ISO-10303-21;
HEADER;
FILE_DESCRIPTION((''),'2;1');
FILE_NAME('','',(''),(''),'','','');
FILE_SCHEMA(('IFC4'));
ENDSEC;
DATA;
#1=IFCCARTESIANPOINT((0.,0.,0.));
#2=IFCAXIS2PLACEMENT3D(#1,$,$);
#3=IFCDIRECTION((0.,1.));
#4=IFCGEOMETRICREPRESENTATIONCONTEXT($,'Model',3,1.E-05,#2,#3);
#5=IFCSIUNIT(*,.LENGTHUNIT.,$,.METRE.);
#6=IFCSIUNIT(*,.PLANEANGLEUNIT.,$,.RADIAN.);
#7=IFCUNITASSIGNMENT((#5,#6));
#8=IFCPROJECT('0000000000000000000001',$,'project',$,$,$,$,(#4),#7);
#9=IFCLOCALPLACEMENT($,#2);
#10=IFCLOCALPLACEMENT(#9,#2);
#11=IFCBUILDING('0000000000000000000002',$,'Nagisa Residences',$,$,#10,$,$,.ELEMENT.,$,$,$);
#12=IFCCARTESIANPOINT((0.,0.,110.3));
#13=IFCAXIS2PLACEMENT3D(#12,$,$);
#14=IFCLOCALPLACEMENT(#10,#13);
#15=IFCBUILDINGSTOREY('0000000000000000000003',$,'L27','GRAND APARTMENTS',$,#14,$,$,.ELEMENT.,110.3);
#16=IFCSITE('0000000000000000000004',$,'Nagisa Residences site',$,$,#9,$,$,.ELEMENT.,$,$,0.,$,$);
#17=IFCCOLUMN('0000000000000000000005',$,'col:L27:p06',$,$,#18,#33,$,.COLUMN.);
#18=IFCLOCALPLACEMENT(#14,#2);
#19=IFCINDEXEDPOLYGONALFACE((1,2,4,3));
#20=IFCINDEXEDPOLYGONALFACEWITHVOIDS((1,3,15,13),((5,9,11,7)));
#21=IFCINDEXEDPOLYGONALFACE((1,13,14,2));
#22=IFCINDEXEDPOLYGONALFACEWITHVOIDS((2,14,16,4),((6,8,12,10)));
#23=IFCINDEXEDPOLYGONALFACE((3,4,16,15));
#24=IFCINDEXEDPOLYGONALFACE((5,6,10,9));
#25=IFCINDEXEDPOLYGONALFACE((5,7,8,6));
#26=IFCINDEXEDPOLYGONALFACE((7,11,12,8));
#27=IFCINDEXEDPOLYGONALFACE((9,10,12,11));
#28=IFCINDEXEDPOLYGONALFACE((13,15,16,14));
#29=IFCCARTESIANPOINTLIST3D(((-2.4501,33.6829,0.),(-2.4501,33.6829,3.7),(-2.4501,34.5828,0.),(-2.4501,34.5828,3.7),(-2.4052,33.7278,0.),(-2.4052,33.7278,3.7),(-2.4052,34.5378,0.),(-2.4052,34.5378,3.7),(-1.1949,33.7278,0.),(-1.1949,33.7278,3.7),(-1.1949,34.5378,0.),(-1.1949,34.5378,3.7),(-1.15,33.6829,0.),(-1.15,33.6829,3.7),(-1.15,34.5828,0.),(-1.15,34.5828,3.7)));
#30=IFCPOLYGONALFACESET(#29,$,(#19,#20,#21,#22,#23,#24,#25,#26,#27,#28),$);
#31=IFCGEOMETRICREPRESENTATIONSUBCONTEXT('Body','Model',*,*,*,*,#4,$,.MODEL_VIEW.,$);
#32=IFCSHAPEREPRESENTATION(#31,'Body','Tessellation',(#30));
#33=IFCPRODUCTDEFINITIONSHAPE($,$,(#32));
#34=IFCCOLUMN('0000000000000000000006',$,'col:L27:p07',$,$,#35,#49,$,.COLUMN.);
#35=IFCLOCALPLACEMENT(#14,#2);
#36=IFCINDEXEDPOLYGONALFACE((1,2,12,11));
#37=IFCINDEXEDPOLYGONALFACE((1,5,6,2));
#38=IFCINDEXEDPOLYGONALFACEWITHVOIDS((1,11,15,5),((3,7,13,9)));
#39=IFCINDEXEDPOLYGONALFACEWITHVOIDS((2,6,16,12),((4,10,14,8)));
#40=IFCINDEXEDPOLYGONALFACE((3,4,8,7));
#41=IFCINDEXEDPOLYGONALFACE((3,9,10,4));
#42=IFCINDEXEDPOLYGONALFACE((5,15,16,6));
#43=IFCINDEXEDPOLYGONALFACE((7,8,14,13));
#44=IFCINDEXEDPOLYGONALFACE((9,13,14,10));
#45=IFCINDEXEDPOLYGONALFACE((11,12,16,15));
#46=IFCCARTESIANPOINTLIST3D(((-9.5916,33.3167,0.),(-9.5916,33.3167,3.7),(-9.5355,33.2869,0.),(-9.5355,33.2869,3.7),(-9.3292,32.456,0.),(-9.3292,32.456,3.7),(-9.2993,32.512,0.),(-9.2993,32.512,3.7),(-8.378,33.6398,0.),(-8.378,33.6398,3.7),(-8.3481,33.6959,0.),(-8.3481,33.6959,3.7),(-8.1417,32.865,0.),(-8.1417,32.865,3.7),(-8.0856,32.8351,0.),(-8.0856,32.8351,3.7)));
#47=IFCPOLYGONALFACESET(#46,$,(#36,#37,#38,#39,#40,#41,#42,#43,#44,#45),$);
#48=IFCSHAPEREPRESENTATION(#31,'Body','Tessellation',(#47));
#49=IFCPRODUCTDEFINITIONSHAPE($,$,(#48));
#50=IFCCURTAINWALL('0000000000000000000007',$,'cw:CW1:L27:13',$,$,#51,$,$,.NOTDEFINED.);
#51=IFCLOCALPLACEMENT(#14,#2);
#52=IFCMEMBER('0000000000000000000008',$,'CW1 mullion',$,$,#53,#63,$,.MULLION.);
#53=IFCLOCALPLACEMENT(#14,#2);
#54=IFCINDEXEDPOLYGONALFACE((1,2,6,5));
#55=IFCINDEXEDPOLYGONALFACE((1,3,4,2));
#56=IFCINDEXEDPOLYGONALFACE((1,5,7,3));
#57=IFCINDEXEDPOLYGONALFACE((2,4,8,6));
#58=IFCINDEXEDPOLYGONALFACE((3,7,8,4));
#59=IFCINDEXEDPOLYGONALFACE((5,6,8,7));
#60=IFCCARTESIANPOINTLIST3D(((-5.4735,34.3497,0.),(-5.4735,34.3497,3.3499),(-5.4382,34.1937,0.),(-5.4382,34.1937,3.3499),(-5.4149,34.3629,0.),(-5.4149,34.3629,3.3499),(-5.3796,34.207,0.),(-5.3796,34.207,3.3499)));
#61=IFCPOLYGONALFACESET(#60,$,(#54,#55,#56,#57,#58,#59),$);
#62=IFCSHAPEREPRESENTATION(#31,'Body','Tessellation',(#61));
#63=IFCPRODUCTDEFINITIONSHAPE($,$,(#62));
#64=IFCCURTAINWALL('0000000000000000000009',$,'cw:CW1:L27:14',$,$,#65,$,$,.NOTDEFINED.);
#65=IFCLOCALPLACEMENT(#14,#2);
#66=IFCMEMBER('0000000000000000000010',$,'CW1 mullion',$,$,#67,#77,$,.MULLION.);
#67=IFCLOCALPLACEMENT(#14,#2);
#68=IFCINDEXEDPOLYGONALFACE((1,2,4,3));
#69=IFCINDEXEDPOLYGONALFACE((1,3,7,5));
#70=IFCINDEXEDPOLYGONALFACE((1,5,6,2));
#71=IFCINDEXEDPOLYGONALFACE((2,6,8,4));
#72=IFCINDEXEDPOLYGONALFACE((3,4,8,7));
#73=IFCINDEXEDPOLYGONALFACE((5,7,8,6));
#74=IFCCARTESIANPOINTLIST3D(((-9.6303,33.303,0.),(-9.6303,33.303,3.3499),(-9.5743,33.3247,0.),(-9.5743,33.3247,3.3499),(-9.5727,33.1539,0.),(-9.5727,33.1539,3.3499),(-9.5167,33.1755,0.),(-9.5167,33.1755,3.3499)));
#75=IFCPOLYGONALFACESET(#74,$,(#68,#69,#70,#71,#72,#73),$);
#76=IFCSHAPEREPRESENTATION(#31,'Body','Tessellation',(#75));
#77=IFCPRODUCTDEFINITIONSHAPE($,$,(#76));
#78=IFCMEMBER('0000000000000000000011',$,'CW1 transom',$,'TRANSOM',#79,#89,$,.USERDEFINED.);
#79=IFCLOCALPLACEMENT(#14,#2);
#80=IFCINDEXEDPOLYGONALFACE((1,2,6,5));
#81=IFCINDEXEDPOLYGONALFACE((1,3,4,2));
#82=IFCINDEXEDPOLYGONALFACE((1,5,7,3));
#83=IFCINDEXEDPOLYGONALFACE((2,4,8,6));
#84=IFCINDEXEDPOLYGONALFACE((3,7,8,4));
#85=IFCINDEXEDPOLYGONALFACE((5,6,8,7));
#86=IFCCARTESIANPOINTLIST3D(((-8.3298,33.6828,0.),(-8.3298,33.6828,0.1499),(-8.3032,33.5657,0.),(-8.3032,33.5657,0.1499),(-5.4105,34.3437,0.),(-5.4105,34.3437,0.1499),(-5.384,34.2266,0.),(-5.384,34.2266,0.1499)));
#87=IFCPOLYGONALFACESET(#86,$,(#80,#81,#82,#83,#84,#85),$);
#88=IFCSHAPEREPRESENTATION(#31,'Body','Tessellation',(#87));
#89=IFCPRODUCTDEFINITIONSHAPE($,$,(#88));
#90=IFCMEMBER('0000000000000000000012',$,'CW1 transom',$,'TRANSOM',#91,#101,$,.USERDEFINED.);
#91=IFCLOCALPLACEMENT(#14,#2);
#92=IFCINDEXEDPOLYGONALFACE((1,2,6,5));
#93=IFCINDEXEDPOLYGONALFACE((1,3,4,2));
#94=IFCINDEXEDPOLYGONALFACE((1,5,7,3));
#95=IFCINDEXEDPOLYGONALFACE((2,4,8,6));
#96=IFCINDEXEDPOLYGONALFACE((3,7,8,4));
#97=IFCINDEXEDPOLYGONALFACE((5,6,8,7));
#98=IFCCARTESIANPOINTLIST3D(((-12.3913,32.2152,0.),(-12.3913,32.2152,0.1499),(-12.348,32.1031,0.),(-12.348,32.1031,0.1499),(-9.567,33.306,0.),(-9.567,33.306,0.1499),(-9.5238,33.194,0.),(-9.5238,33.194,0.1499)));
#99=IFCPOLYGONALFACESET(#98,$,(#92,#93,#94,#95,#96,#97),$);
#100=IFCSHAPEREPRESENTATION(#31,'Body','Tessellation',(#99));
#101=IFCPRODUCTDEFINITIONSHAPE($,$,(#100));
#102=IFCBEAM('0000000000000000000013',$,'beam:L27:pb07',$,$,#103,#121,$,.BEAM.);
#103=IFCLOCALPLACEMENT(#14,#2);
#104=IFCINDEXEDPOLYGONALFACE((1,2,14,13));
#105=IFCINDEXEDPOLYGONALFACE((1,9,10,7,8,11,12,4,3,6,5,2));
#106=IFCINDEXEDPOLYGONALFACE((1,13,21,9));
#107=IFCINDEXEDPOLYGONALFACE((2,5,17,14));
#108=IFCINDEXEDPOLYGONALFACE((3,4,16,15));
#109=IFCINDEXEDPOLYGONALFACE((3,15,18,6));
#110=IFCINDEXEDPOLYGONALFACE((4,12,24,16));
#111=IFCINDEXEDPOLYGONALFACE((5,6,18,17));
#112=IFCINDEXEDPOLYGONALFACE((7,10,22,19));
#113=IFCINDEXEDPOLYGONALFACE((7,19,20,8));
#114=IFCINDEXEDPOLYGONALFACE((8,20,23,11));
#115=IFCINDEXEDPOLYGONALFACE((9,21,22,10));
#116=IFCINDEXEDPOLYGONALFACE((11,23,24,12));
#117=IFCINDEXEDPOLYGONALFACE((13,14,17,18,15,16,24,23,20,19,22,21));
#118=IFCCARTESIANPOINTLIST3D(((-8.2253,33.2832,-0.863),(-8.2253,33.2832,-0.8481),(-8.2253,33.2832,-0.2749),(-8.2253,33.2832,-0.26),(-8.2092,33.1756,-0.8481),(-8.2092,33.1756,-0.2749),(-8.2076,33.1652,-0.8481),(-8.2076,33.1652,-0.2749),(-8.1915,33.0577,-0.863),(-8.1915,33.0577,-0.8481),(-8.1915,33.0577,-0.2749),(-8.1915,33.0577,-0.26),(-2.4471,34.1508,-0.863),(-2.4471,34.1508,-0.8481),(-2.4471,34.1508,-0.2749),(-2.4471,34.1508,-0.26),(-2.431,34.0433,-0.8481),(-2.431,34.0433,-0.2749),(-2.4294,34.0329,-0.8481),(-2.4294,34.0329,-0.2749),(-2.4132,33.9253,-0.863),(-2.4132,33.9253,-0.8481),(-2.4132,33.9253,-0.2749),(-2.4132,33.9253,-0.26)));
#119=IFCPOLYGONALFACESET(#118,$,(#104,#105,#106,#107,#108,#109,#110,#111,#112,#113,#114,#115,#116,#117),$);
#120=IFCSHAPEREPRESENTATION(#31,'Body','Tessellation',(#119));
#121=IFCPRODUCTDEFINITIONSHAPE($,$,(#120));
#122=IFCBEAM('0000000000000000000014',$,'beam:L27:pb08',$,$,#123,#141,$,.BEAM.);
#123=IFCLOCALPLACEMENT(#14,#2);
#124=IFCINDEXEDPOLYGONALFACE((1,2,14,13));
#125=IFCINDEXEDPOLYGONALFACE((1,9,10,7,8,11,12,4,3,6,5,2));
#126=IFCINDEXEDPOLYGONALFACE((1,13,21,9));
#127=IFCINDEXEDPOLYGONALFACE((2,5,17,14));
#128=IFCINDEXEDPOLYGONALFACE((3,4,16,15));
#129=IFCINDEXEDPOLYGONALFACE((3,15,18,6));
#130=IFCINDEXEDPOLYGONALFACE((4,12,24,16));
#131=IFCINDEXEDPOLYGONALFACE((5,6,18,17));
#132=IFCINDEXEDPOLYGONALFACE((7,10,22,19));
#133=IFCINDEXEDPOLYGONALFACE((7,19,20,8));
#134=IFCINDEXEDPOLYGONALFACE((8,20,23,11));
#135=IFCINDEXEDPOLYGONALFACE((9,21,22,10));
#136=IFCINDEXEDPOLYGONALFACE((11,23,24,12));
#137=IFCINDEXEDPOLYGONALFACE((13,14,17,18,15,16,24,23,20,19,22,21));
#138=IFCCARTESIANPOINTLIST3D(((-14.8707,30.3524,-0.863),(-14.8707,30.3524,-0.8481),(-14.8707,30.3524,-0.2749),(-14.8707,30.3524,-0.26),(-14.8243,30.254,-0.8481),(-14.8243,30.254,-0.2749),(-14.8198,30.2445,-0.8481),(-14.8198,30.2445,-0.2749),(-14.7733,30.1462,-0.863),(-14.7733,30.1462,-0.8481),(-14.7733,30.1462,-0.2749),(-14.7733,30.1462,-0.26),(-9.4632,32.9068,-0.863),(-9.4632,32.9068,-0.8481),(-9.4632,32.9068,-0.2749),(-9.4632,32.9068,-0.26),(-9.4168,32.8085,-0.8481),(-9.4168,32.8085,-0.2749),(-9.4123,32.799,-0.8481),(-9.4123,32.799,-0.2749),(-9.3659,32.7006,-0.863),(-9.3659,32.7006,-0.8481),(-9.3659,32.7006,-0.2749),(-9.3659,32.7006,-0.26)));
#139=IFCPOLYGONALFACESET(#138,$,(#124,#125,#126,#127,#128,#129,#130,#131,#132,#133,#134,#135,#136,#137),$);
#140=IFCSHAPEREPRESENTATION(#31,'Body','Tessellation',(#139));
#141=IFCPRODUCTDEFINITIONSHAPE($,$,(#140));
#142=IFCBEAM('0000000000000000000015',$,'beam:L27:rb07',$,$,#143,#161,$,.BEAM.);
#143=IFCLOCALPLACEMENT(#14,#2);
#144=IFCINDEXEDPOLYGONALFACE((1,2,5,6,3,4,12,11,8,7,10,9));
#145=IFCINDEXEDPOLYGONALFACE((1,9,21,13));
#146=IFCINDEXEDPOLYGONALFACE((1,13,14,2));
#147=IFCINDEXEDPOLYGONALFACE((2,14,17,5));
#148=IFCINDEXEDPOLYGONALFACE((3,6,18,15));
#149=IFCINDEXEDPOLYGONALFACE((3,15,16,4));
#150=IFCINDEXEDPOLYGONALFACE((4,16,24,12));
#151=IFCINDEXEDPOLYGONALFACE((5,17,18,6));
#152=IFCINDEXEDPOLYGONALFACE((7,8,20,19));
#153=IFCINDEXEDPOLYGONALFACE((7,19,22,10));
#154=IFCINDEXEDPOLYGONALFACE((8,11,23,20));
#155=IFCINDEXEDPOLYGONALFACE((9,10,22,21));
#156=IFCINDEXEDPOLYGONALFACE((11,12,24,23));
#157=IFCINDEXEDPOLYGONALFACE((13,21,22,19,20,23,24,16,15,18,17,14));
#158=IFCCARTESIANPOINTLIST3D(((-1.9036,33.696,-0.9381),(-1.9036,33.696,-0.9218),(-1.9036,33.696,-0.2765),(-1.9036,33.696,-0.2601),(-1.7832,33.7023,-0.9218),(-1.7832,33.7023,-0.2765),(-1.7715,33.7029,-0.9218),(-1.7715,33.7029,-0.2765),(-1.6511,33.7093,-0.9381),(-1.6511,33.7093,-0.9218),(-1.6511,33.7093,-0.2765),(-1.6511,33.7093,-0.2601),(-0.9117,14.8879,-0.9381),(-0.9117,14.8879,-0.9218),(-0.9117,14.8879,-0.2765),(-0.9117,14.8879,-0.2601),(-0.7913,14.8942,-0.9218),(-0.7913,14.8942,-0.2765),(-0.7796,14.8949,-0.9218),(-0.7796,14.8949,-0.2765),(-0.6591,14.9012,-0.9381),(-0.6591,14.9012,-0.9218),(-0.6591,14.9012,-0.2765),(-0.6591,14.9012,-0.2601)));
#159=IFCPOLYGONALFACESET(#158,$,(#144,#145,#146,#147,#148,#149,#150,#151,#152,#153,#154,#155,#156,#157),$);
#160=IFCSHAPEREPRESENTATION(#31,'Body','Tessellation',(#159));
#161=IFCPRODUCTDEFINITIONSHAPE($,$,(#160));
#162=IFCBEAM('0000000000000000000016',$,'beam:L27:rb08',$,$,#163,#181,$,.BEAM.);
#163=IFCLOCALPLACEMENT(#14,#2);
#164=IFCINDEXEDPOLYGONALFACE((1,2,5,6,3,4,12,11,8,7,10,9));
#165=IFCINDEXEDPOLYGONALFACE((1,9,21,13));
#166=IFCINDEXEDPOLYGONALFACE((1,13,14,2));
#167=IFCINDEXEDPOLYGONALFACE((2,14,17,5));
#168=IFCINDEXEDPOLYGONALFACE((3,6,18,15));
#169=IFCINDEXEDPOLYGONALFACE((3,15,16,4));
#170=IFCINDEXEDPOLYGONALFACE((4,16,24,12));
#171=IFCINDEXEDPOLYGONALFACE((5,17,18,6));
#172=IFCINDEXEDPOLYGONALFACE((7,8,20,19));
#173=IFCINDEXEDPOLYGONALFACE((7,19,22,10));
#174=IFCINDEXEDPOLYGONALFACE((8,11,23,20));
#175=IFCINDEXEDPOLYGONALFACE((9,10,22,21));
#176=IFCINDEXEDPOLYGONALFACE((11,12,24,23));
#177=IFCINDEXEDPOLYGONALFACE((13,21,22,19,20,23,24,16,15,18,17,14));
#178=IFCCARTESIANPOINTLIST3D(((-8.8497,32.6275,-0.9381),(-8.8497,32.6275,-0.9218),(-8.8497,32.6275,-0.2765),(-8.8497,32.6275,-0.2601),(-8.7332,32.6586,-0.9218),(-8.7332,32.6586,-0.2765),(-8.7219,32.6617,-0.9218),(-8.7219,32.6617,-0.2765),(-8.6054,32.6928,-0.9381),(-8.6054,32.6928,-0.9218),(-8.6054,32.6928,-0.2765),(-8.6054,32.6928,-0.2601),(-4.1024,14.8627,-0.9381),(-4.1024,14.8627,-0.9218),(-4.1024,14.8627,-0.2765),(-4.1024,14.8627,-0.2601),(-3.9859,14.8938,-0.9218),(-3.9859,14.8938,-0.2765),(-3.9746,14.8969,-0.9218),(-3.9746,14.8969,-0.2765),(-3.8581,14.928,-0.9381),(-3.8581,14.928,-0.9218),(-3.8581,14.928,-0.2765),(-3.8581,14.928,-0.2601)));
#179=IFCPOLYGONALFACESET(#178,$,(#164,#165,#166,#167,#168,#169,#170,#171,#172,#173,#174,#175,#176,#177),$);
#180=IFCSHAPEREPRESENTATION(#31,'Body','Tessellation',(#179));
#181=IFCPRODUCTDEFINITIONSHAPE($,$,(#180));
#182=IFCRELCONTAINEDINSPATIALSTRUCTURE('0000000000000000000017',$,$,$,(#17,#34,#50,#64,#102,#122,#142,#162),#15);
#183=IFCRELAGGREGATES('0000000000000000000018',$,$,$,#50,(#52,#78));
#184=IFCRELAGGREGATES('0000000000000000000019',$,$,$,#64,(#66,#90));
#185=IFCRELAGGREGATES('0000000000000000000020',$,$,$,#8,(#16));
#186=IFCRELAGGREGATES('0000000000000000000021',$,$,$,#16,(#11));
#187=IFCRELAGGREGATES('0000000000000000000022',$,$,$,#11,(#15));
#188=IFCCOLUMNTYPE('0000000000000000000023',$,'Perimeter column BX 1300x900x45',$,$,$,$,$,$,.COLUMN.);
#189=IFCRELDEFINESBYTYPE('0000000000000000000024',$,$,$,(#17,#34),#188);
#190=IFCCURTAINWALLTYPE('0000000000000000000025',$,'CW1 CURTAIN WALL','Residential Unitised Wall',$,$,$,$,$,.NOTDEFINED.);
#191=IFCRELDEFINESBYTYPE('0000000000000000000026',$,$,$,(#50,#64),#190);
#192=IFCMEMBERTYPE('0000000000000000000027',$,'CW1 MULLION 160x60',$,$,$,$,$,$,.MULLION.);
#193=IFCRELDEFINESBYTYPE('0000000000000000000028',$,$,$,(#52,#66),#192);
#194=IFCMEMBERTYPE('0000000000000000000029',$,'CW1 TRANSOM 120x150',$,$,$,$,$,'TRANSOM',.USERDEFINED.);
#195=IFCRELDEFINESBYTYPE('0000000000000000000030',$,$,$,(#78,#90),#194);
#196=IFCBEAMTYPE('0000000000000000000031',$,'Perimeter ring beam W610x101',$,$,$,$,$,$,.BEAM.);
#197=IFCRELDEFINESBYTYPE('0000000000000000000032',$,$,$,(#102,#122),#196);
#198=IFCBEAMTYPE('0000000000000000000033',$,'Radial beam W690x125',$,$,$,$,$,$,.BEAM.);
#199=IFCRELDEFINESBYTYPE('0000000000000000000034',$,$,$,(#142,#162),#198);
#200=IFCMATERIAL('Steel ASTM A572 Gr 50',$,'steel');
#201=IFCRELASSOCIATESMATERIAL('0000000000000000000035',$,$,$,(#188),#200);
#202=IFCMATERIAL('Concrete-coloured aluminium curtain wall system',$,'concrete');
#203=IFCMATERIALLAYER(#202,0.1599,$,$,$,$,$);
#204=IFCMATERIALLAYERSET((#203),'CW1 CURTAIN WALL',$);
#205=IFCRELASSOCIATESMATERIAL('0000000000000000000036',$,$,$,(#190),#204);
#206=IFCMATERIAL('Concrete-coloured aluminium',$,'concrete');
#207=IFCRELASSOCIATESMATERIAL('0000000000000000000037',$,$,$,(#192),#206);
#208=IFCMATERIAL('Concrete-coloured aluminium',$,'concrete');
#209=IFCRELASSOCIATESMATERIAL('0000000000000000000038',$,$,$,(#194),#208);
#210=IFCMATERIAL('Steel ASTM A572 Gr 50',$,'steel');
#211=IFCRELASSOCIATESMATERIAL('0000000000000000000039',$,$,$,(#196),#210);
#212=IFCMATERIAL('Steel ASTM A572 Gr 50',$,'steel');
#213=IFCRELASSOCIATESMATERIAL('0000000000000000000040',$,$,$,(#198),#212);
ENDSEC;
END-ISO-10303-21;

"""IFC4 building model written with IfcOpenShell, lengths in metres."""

from ifc_helpers import new_model, si_unit, direction, frame, origin, origin_2d, place, context, subcontext, project, spatial, rectangle, hollow_rectangle, i_section, extrude, material, layer, layer_set, material_profile, profile_set, type_object, element, aggregate, save


model = new_model("IFC4")

# Units and contexts
model_context = context("Model", 3, precision=1e-05, world=origin(), true_north=direction((0.0, 1.0)))
body_context = subcontext(model_context, "Body", "Model", "MODEL_VIEW")
ifc_project = project(units=[si_unit("LENGTHUNIT", "METRE"), si_unit("PLANEANGLEUNIT", "RADIAN")], contexts=[model_context])

# Site, building, storey
site_placement = place(None, origin())
site = spatial("IfcSite", under=ifc_project, at=site_placement, Name="Nagisa Residences site", CompositionType="ELEMENT", RefElevation=0.0)
building_placement = place(site_placement, origin())
building = spatial("IfcBuilding", under=site, at=building_placement, Name="Nagisa Residences", CompositionType="ELEMENT")
storey_placement = place(building_placement, frame((0.0, 0.0, 110.3)))
storey = spatial("IfcBuildingStorey", under=building, at=storey_placement, Name="L27", Description="GRAND APARTMENTS", CompositionType="ELEMENT", Elevation=110.3)

# Columns
ifc_material_1 = material(Name="Steel ASTM A572 Gr 50", Category="steel")
ifc_material_profile_1 = material_profile(ifc_material_1, hollow_rectangle(XDim=1.3, YDim=0.8999, WallThickness=0.0449, at=origin_2d()), Name="BX 1300x900x45")
ifc_profile_set_1 = profile_set([ifc_material_profile_1], Name="Steel ASTM A572 Gr 50")
column_type = type_object("IfcColumnType", Name="Perimeter column BX 1300x900x45", PredefinedType="COLUMN", material=ifc_profile_set_1)
for number, where, z_axis, x_axis, name in (
    (1, (-1.8, 34.1328, 0.0), (0.0, 0.0, 1.0), (-1.0, 0.0, 0.0), "col:L27:p06"),
    (2, (-8.8386, 33.0759, 0.0), (0.0, 0.0, 1.0), (-0.956525, -0.291652, 0.0), "col:L27:p07"),
):
    element("IfcColumn", number, at=place(storey_placement, frame(where, z_axis=z_axis, x_axis=x_axis)), inside=storey, type_object=column_type, Name=name, PredefinedType="COLUMN", context=body_context, shape_type="SweptSolid", body=[
        extrude(hollow_rectangle(XDim=1.3, YDim=0.8999, WallThickness=0.0449, at=origin_2d()), origin(), (0.0, 0.0, 1.0), 3.7),
    ])

# Curtain walls, members
ifc_material_2 = material(Name="Concrete-coloured aluminium curtain wall system", Category="concrete")
ifc_layer_1 = layer(ifc_material_2, 0.1599)
ifc_layer_set_1 = layer_set([ifc_layer_1], Name="CW1 CURTAIN WALL")
curtain_wall_type = type_object("IfcCurtainWallType", Name="CW1 CURTAIN WALL", Description="Residential Unitised Wall", PredefinedType="NOTDEFINED", material=ifc_layer_set_1)
curtain_wall_1_placement = place(storey_placement, origin())
curtain_wall_1 = element("IfcCurtainWall", 3, at=curtain_wall_1_placement, inside=storey, type_object=curtain_wall_type, Name="cw:CW1:L27:13", PredefinedType="NOTDEFINED")
ifc_material_3 = material(Name="Concrete-coloured aluminium", Category="concrete")
ifc_material_profile_2 = material_profile(ifc_material_3, rectangle(XDim=0.1599, YDim=0.0601, at=origin_2d()), Name="CW1 MULLION 160x60")
ifc_profile_set_2 = profile_set([ifc_material_profile_2], Name="Concrete-coloured aluminium")
member_type_1 = type_object("IfcMemberType", Name="CW1 MULLION 160x60", PredefinedType="MULLION", material=ifc_profile_set_2)
member_1_placement = place(storey_placement, frame((-5.4265, 34.2783, 0.0), z_axis=(0.0, 0.0, 1.0), x_axis=(0.220764, -0.975327, 0.0)))
member_1 = element("IfcMember", 4, at=member_1_placement, type_object=member_type_1, Name="CW1 mullion", PredefinedType="MULLION", context=body_context, shape_type="SweptSolid", body=[
    extrude(rectangle(XDim=0.1599, YDim=0.0601, at=origin_2d()), origin(), (0.0, 0.0, 1.0), 3.3499),
])
curtain_wall_2_placement = place(storey_placement, origin())
curtain_wall_2 = element("IfcCurtainWall", 5, at=curtain_wall_2_placement, inside=storey, type_object=curtain_wall_type, Name="cw:CW1:L27:14", PredefinedType="NOTDEFINED")
member_2_placement = place(storey_placement, frame((-9.5735, 33.2393, 0.0), z_axis=(0.0, 0.0, 1.0), x_axis=(0.360328, -0.932826, 0.0)))
member_2 = element("IfcMember", 6, at=member_2_placement, type_object=member_type_1, Name="CW1 mullion", PredefinedType="MULLION", context=body_context, shape_type="SweptSolid", body=[
    extrude(rectangle(XDim=0.1599, YDim=0.0601, at=origin_2d()), origin(), (0.0, 0.0, 1.0), 3.3499),
])

# Members
ifc_material_4 = material(Name="Concrete-coloured aluminium", Category="concrete")
ifc_material_profile_3 = material_profile(ifc_material_4, rectangle(XDim=0.1201, YDim=0.1499, at=origin_2d()), Name="CW1 TRANSOM 120x150")
ifc_profile_set_3 = profile_set([ifc_material_profile_3], Name="Concrete-coloured aluminium")
member_type_2 = type_object("IfcMemberType", Name="CW1 TRANSOM 120x150", ElementType="TRANSOM", PredefinedType="USERDEFINED", material=ifc_profile_set_3)
member_3_placement = place(storey_placement, frame((-5.3972, 34.2852, 0.075), z_axis=(-0.975318, -0.220807, 0.0), x_axis=(0.220807, -0.975318, 0.0)))
member_3 = element("IfcMember", 7, at=member_3_placement, type_object=member_type_2, Name="CW1 transom", ObjectType="TRANSOM", PredefinedType="USERDEFINED", context=body_context, shape_type="SweptSolid", body=[
    extrude(rectangle(XDim=0.1201, YDim=0.1499, at=origin_2d()), origin(), (0.0, 0.0, 1.0), 2.9932),
])
member_4_placement = place(storey_placement, frame((-9.5454, 33.25, 0.075), z_axis=(-0.932838, -0.360297, 0.0), x_axis=(0.360297, -0.932838, 0.0)))
member_4 = element("IfcMember", 8, at=member_4_placement, type_object=member_type_2, Name="CW1 transom", ObjectType="TRANSOM", PredefinedType="USERDEFINED", context=body_context, shape_type="SweptSolid", body=[
    extrude(rectangle(XDim=0.1201, YDim=0.1499, at=origin_2d()), origin(), (0.0, 0.0, 1.0), 3.0276),
])

# Beams
ifc_material_5 = material(Name="Steel ASTM A572 Gr 50", Category="steel")
ifc_material_profile_4 = material_profile(ifc_material_5, i_section(OverallWidth=0.228, OverallDepth=0.603, WebThickness=0.0105, FlangeThickness=0.0149, at=origin_2d()), Name="W610x101")
ifc_profile_set_4 = profile_set([ifc_material_profile_4], Name="Steel ASTM A572 Gr 50")
beam_type_1 = type_object("IfcBeamType", Name="Perimeter ring beam W610x101", PredefinedType="BEAM", material=ifc_profile_set_4)
beam_1_placement = place(storey_placement, frame((-2.4302, 34.0381, -0.5615), z_axis=(-0.988913, -0.148496, 0.0), x_axis=(0.148496, -0.988913, 0.0)))
element("IfcBeam", 9, at=beam_1_placement, inside=storey, type_object=beam_type_1, Name="beam:L27:pb07", PredefinedType="BEAM", context=body_context, shape_type="SweptSolid", body=[
    extrude(i_section(OverallWidth=0.228, OverallDepth=0.603, WebThickness=0.0105, FlangeThickness=0.0149, at=origin_2d()), origin(), (0.0, 0.0, 1.0), 5.843),
])
beam_2_placement = place(storey_placement, frame((-9.4146, 32.8037, -0.5615), z_axis=(-0.90419, -0.427131, 0.0), x_axis=(0.427131, -0.90419, 0.0)))
element("IfcBeam", 10, at=beam_2_placement, inside=storey, type_object=beam_type_1, Name="beam:L27:pb08", PredefinedType="BEAM", context=body_context, shape_type="SweptSolid", body=[
    extrude(i_section(OverallWidth=0.228, OverallDepth=0.603, WebThickness=0.0105, FlangeThickness=0.0149, at=origin_2d()), origin(), (0.0, 0.0, 1.0), 5.9805),
])
ifc_material_6 = material(Name="Steel ASTM A572 Gr 50", Category="steel")
ifc_material_profile_5 = material_profile(ifc_material_6, i_section(OverallWidth=0.2529, OverallDepth=0.678, WebThickness=0.0117, FlangeThickness=0.0164, at=origin_2d()), Name="W690x125")
ifc_profile_set_5 = profile_set([ifc_material_profile_5], Name="Steel ASTM A572 Gr 50")
beam_type_2 = type_object("IfcBeamType", Name="Radial beam W690x125", PredefinedType="BEAM", material=ifc_profile_set_5)
beam_3_placement = place(storey_placement, frame((-1.7773, 33.7026, -0.5991), z_axis=(0.052667, -0.998612, 0.0), x_axis=(0.998612, 0.052667, 0.0)))
element("IfcBeam", 11, at=beam_3_placement, inside=storey, type_object=beam_type_2, Name="beam:L27:rb07", PredefinedType="BEAM", context=body_context, shape_type="SweptSolid", body=[
    extrude(i_section(OverallWidth=0.2529, OverallDepth=0.678, WebThickness=0.0117, FlangeThickness=0.0164, at=origin_2d()), origin(), (0.0, 0.0, 1.0), 18.8342),
])
beam_4_placement = place(storey_placement, frame((-8.7275, 32.6602, -0.5991), z_axis=(0.258171, -0.966099, 0.0), x_axis=(0.966099, 0.258171, 0.0)))
element("IfcBeam", 12, at=beam_4_placement, inside=storey, type_object=beam_type_2, Name="beam:L27:rb08", PredefinedType="BEAM", context=body_context, shape_type="SweptSolid", body=[
    extrude(i_section(OverallWidth=0.2529, OverallDepth=0.678, WebThickness=0.0117, FlangeThickness=0.0164, at=origin_2d()), origin(), (0.0, 0.0, 1.0), 18.3882),
])

aggregate(curtain_wall_1, [member_1, member_3])
aggregate(curtain_wall_2, [member_2, member_4])

save(model, "model.ifc")
